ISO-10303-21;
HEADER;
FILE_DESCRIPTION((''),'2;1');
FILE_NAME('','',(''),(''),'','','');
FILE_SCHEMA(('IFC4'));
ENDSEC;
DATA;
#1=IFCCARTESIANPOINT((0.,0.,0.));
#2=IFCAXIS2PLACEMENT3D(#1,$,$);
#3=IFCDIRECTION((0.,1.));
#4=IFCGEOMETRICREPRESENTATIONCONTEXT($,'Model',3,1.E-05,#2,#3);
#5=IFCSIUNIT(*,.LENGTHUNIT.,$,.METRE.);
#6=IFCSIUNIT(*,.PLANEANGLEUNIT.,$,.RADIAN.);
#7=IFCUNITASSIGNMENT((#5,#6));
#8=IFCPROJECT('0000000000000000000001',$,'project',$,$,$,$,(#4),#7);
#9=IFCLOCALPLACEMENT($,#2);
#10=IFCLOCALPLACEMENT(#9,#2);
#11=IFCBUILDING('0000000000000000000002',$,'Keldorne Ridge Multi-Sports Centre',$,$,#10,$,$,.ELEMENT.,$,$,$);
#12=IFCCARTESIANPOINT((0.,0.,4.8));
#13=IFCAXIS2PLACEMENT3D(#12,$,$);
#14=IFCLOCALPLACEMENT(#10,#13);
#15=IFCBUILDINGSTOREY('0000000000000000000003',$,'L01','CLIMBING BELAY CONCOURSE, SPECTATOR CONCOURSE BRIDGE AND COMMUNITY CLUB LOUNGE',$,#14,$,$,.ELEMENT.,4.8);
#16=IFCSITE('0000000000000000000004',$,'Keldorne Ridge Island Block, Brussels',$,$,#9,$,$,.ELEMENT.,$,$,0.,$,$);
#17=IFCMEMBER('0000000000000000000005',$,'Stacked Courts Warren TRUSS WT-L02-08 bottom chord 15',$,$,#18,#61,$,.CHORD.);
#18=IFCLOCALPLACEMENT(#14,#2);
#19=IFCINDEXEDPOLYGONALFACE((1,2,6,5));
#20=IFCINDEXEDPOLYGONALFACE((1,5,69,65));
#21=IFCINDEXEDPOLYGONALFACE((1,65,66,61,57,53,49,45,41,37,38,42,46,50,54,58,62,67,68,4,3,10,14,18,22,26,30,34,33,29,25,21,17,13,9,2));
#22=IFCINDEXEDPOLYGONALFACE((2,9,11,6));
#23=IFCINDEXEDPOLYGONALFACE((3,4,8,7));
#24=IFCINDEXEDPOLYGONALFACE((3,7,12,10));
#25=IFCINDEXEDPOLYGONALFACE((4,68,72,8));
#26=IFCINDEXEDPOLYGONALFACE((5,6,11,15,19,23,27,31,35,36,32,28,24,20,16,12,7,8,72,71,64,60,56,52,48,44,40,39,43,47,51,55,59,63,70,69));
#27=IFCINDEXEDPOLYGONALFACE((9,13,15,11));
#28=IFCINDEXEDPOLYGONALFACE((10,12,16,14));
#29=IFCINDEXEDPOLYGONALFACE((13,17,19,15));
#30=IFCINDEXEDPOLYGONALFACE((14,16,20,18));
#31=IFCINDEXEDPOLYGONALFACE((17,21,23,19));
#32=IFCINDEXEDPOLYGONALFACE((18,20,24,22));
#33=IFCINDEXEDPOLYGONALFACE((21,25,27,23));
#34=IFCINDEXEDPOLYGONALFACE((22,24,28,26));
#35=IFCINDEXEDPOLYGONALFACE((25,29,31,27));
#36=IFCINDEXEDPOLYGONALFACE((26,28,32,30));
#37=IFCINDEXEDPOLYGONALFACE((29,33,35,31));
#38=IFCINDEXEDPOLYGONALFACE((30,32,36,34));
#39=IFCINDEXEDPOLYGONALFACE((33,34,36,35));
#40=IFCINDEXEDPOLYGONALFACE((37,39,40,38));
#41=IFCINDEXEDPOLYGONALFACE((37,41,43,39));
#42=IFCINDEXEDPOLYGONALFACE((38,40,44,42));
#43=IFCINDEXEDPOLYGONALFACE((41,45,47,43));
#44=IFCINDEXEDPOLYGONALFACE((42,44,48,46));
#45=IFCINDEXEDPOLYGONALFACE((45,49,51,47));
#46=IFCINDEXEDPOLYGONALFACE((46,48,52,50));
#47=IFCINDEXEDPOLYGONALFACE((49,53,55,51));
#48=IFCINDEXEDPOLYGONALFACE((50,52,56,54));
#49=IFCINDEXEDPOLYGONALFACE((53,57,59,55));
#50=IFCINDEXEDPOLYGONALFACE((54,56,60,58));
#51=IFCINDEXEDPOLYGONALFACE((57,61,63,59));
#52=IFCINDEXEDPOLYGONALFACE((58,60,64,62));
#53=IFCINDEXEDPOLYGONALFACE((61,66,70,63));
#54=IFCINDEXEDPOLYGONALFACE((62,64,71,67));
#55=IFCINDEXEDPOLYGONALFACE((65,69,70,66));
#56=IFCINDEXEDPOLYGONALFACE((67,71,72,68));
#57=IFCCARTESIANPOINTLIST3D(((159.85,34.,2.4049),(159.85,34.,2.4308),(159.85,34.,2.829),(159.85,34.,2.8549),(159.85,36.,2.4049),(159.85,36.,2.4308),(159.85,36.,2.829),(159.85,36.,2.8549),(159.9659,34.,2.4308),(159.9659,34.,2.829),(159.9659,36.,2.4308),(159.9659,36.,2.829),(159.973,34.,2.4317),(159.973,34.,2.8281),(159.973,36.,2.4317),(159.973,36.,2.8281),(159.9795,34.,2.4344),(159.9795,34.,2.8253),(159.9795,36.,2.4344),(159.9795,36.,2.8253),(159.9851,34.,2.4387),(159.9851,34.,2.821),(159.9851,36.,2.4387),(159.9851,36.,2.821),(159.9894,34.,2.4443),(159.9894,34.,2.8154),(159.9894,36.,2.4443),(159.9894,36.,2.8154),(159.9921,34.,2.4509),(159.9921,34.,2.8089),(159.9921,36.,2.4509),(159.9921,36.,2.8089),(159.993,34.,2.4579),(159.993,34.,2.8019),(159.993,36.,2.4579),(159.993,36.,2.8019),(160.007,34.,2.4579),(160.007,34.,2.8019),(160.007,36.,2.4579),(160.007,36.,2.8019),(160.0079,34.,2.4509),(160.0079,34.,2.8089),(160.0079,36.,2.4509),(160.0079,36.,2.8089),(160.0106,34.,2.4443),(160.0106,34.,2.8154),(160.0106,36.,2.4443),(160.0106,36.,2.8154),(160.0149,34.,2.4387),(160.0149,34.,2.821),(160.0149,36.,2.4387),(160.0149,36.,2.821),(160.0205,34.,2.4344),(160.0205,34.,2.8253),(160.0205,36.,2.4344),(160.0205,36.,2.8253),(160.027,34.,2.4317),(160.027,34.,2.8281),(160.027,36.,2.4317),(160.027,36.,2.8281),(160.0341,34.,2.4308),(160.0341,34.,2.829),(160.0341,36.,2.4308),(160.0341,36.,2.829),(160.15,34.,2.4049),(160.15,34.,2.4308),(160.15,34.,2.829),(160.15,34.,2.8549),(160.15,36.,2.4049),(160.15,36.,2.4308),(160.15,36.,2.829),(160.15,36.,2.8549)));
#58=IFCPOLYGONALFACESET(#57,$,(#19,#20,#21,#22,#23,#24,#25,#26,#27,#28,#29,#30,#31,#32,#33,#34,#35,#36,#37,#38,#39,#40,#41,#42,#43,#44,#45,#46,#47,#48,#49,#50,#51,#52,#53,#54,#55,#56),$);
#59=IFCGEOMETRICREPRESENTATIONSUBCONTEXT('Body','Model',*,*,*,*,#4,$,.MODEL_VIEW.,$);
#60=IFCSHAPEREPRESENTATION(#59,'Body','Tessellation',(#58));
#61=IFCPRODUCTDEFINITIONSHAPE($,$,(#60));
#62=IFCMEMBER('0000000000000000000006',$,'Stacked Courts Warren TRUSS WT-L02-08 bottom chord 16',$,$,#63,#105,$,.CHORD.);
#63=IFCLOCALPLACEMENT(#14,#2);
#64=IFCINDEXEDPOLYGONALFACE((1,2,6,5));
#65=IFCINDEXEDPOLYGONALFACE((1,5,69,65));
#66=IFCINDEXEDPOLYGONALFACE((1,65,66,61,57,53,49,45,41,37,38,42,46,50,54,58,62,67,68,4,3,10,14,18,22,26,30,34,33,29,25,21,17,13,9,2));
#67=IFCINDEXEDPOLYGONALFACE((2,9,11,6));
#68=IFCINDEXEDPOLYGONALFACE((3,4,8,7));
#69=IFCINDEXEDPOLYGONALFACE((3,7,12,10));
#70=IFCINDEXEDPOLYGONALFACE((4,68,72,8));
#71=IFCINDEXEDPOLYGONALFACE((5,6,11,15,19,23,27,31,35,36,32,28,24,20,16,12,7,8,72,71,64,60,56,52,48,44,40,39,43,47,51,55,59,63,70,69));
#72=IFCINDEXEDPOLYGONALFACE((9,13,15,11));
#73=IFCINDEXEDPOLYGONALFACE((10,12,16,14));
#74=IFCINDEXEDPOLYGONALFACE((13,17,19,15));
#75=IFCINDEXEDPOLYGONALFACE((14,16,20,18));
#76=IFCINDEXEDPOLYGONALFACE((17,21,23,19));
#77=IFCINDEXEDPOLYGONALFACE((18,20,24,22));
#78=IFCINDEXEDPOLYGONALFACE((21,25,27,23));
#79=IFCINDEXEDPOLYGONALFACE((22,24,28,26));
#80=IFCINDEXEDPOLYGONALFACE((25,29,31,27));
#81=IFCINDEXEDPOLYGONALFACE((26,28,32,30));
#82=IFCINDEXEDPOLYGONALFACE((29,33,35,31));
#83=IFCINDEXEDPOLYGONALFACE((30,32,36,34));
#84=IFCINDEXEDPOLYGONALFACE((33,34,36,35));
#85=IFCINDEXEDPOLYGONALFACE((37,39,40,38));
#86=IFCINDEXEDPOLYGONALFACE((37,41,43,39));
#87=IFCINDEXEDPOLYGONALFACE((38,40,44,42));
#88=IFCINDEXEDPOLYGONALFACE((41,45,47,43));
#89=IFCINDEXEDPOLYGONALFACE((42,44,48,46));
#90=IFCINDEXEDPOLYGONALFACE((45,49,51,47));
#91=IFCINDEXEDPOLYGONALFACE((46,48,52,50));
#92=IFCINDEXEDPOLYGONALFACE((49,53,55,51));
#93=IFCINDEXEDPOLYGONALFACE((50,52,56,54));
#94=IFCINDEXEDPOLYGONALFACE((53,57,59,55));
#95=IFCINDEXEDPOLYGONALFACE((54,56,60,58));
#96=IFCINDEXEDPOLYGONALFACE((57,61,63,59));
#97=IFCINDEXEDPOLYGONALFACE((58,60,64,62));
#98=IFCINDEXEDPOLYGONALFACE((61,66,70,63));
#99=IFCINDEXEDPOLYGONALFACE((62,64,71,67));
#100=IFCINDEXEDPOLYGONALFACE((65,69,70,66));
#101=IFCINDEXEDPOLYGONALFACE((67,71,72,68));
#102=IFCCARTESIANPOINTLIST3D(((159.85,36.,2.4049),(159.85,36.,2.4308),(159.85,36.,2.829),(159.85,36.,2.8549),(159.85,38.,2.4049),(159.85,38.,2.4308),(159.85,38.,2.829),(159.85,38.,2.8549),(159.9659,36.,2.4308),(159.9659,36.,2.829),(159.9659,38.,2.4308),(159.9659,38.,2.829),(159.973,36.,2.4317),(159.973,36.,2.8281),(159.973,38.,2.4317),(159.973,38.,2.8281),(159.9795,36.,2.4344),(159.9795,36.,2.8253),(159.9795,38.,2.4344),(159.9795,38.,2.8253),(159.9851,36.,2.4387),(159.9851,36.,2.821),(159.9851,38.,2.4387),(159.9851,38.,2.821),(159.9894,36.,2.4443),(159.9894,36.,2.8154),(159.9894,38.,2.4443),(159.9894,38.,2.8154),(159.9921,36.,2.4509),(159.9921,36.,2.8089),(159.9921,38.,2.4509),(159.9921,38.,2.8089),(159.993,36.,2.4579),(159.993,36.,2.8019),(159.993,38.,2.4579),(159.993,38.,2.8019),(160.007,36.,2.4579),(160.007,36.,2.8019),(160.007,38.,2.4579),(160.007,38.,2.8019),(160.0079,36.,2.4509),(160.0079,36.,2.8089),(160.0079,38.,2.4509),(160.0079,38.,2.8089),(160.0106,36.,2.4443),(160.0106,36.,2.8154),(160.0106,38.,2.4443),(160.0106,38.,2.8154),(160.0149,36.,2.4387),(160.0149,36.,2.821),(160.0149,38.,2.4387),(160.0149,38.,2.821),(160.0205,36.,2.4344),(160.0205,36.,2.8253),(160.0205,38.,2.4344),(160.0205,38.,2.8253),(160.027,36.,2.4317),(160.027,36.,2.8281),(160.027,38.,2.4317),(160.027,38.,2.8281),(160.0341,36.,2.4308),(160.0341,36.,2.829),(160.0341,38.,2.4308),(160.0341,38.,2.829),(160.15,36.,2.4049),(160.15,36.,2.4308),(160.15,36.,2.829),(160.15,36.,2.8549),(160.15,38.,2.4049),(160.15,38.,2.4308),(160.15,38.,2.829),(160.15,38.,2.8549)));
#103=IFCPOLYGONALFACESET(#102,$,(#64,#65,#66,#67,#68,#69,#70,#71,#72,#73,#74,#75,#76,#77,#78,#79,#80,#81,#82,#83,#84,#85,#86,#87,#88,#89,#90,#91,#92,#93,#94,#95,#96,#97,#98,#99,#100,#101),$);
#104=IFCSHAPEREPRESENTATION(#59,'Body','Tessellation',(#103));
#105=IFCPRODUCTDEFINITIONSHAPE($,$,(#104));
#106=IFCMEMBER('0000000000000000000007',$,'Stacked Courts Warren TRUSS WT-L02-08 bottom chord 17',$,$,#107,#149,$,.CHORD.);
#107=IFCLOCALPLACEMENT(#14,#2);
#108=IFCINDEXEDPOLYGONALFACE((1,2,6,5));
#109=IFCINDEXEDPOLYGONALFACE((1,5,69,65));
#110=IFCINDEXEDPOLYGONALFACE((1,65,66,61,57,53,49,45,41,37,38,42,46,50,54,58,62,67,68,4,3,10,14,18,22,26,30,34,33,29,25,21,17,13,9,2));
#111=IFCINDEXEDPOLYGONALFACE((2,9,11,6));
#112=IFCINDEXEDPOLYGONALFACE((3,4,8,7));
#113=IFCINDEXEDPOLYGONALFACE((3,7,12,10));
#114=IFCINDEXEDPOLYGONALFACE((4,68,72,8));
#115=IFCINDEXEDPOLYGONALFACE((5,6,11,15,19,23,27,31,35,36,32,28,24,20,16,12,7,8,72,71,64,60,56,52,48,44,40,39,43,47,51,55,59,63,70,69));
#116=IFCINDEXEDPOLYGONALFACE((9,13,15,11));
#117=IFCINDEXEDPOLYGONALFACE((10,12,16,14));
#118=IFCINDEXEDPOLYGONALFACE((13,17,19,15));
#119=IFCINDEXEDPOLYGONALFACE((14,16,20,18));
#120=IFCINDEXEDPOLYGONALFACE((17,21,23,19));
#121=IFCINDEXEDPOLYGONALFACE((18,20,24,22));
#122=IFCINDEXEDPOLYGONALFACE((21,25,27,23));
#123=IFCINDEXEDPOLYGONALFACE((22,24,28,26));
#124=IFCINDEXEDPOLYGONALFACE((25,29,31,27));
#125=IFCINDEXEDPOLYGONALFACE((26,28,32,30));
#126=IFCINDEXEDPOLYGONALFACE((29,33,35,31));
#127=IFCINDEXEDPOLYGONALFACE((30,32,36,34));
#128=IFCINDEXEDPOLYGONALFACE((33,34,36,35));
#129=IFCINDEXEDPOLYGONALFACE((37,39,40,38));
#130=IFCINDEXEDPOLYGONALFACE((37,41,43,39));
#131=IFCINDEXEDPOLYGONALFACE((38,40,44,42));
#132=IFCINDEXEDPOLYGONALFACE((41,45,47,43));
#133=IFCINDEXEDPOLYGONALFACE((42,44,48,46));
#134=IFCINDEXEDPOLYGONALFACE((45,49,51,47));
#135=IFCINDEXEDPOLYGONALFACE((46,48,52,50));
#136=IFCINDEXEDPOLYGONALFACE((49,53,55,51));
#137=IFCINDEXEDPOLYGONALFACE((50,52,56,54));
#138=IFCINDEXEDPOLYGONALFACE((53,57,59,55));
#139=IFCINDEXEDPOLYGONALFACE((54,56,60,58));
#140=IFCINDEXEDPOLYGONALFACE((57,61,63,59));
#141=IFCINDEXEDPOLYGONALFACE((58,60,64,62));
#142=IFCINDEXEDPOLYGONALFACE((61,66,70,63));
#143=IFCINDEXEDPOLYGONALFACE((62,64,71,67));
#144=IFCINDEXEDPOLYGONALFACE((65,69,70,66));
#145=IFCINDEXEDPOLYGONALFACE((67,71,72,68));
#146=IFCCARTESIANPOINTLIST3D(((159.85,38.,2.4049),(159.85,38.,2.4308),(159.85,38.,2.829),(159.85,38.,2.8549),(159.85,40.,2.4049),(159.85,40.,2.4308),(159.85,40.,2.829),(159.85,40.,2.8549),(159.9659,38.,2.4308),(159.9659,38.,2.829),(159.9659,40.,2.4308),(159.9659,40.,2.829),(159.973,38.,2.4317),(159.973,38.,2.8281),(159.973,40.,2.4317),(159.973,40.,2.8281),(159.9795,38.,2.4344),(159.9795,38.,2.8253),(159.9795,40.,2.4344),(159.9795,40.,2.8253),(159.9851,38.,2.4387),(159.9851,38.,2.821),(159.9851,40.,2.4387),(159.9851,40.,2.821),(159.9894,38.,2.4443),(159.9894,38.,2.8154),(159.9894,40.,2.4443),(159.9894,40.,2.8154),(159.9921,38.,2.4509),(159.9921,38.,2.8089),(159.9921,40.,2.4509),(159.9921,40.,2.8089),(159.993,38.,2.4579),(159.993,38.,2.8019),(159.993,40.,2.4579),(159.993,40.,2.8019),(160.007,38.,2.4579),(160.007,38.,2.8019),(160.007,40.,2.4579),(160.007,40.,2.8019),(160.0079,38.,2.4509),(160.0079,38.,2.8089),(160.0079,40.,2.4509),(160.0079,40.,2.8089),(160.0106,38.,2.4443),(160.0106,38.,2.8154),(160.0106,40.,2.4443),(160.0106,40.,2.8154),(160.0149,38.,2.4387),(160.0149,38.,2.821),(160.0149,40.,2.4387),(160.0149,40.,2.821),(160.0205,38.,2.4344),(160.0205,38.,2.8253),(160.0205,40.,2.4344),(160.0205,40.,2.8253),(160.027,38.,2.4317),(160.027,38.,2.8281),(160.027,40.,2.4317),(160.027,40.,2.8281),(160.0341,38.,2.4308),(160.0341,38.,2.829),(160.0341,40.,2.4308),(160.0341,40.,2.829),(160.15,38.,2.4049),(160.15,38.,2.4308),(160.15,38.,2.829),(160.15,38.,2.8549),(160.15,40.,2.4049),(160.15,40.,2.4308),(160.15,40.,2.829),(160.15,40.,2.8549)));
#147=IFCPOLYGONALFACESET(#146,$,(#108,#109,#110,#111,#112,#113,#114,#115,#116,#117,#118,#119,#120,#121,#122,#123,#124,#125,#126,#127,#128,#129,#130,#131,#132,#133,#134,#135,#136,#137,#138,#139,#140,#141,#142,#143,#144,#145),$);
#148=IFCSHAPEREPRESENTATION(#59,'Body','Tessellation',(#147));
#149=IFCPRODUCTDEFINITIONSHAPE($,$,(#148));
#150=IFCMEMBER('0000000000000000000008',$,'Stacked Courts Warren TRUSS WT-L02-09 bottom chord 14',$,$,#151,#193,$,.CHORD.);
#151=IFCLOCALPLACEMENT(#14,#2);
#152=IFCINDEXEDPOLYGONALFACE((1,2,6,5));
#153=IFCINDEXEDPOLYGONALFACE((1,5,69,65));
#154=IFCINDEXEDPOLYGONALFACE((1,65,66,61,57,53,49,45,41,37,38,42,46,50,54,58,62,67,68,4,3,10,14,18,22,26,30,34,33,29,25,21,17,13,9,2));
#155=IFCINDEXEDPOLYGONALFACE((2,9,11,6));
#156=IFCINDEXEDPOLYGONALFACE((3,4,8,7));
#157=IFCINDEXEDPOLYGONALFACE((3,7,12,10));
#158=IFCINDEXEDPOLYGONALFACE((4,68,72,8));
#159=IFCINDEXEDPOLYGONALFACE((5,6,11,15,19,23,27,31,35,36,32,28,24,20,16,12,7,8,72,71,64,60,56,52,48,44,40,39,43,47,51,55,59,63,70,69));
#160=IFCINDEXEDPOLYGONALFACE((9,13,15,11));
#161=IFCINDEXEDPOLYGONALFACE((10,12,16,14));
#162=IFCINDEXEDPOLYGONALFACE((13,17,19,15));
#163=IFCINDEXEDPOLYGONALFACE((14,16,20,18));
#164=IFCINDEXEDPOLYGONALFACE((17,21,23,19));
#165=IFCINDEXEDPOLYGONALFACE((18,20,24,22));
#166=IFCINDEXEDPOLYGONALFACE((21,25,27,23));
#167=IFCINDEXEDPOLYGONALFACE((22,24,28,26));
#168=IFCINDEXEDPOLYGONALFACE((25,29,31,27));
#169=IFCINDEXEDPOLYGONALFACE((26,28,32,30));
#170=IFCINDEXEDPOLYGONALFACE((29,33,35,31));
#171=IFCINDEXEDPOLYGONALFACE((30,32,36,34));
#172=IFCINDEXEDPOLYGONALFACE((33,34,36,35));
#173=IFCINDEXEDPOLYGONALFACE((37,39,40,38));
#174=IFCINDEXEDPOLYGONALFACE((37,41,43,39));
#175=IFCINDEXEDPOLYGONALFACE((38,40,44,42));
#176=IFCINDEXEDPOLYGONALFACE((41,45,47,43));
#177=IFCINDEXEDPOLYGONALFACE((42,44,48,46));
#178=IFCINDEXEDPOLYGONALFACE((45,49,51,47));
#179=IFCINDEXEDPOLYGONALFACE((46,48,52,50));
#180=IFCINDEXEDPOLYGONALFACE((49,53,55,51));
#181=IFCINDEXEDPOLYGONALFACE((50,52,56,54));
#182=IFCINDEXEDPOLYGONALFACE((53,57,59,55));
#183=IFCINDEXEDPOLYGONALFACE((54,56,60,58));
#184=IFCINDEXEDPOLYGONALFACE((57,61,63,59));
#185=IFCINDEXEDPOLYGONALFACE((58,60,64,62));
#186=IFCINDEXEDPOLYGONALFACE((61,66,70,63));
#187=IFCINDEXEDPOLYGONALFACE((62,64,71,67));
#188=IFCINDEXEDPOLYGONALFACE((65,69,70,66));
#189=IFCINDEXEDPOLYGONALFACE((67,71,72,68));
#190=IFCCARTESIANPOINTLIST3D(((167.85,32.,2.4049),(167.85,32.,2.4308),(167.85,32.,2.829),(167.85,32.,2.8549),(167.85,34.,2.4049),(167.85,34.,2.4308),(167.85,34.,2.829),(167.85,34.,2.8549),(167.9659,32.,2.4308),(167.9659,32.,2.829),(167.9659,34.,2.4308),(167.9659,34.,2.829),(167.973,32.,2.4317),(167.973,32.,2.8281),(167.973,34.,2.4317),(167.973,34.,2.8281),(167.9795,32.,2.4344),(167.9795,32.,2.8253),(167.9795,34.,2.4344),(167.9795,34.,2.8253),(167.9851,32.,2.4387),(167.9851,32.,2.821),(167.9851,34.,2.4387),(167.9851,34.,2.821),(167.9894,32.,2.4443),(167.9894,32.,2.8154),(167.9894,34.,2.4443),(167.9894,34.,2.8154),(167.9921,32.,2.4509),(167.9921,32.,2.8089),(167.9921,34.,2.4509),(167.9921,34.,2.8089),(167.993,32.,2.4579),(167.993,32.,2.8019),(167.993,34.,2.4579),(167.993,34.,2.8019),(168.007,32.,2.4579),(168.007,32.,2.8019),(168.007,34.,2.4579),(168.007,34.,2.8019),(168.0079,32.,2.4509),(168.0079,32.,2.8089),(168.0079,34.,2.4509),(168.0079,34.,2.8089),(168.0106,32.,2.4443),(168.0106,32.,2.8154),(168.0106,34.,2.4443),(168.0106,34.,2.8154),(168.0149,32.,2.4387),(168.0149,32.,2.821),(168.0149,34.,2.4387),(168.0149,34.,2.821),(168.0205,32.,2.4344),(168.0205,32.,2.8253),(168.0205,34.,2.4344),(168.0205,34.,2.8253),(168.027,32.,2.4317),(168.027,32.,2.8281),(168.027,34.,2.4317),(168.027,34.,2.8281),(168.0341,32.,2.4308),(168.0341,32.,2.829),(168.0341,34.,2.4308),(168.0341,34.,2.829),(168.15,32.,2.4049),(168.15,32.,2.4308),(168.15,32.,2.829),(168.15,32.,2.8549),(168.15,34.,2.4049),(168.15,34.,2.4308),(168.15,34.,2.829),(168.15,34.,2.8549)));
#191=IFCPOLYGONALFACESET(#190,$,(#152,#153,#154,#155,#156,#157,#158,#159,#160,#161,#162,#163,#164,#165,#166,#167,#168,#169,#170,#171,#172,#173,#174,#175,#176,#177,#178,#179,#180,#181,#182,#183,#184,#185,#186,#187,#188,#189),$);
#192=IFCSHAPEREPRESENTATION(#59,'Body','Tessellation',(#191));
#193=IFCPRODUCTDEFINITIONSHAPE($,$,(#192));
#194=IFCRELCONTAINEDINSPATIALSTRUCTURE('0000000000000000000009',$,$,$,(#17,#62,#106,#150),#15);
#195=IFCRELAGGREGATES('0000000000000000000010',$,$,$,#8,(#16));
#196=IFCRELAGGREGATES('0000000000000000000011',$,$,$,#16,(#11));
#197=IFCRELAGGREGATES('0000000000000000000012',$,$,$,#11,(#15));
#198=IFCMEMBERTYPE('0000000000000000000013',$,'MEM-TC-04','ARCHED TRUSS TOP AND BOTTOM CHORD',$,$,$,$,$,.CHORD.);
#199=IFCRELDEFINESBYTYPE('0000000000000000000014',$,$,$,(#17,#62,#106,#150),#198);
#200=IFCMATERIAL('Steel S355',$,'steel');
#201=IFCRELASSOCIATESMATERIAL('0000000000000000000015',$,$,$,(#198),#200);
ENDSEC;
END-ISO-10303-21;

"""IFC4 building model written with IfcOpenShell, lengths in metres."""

from ifc_helpers import new_model, si_unit, direction, frame, origin, origin_2d, place, context, subcontext, project, spatial, i_section, extrude, material, material_profile, profile_set, type_object, element, save


model = new_model("IFC4")

# Units and contexts
model_context = context("Model", 3, precision=1e-05, world=origin(), true_north=direction((0.0, 1.0)))
body_context = subcontext(model_context, "Body", "Model", "MODEL_VIEW")
ifc_project = project(units=[si_unit("LENGTHUNIT", "METRE"), si_unit("PLANEANGLEUNIT", "RADIAN")], contexts=[model_context])

# Site, building, storey
site_placement = place(None, origin())
site = spatial("IfcSite", under=ifc_project, at=site_placement, Name="Keldorne Ridge Island Block, Brussels", CompositionType="ELEMENT", RefElevation=0.0)
building_placement = place(site_placement, origin())
building = spatial("IfcBuilding", under=site, at=building_placement, Name="Keldorne Ridge Multi-Sports Centre", CompositionType="ELEMENT")
storey_placement = place(building_placement, frame((0.0, 0.0, 4.8)))
storey = spatial("IfcBuildingStorey", under=building, at=storey_placement, Name="L01", Description="CLIMBING BELAY CONCOURSE, SPECTATOR CONCOURSE BRIDGE AND COMMUNITY CLUB LOUNGE", CompositionType="ELEMENT", Elevation=4.8)

# Shared definitions
ifc_material_1 = material(Name="Steel S355", Category="steel")

# Members
ifc_material_profile_1 = material_profile(ifc_material_1, i_section(OverallWidth=0.3, OverallDepth=0.45, WebThickness=0.0139, FlangeThickness=0.0259, FilletRadius=0.0271, at=origin_2d()), Name="HEB 450")
ifc_profile_set_1 = profile_set([ifc_material_profile_1], Name="Steel S355")
member_type_1 = type_object("IfcMemberType", Name="MEM-TC-04", Description="ARCHED TRUSS TOP AND BOTTOM CHORD", PredefinedType="CHORD", material=ifc_profile_set_1)
for number, where, z_axis, x_axis, name in (
    (1, (160.0, 34.0, 2.6299), (0.0, 1.0, 0.0), (-1.0, 0.0, 0.0), "Stacked Courts Warren TRUSS WT-L02-08 bottom chord 15"),
    (2, (160.0, 36.0, 2.6299), (0.0, 1.0, 0.0), (-1.0, 0.0, 0.0), "Stacked Courts Warren TRUSS WT-L02-08 bottom chord 16"),
    (3, (160.0, 38.0, 2.6299), (0.0, 1.0, 0.0), (-1.0, 0.0, 0.0), "Stacked Courts Warren TRUSS WT-L02-08 bottom chord 17"),
    (4, (168.0, 32.0, 2.6299), (0.0, 1.0, 0.0), (-1.0, 0.0, 0.0), "Stacked Courts Warren TRUSS WT-L02-09 bottom chord 14"),
):
    element("IfcMember", number, at=place(storey_placement, frame(where, z_axis=z_axis, x_axis=x_axis)), inside=storey, type_object=member_type_1, Name=name, PredefinedType="CHORD", context=body_context, shape_type="SweptSolid", body=[
        extrude(i_section(OverallWidth=0.3, OverallDepth=0.45, WebThickness=0.0139, FlangeThickness=0.0259, FilletRadius=0.0271, at=origin_2d()), origin(), (0.0, 0.0, 1.0), 2.0),
    ])

save(model, "model.ifc")
